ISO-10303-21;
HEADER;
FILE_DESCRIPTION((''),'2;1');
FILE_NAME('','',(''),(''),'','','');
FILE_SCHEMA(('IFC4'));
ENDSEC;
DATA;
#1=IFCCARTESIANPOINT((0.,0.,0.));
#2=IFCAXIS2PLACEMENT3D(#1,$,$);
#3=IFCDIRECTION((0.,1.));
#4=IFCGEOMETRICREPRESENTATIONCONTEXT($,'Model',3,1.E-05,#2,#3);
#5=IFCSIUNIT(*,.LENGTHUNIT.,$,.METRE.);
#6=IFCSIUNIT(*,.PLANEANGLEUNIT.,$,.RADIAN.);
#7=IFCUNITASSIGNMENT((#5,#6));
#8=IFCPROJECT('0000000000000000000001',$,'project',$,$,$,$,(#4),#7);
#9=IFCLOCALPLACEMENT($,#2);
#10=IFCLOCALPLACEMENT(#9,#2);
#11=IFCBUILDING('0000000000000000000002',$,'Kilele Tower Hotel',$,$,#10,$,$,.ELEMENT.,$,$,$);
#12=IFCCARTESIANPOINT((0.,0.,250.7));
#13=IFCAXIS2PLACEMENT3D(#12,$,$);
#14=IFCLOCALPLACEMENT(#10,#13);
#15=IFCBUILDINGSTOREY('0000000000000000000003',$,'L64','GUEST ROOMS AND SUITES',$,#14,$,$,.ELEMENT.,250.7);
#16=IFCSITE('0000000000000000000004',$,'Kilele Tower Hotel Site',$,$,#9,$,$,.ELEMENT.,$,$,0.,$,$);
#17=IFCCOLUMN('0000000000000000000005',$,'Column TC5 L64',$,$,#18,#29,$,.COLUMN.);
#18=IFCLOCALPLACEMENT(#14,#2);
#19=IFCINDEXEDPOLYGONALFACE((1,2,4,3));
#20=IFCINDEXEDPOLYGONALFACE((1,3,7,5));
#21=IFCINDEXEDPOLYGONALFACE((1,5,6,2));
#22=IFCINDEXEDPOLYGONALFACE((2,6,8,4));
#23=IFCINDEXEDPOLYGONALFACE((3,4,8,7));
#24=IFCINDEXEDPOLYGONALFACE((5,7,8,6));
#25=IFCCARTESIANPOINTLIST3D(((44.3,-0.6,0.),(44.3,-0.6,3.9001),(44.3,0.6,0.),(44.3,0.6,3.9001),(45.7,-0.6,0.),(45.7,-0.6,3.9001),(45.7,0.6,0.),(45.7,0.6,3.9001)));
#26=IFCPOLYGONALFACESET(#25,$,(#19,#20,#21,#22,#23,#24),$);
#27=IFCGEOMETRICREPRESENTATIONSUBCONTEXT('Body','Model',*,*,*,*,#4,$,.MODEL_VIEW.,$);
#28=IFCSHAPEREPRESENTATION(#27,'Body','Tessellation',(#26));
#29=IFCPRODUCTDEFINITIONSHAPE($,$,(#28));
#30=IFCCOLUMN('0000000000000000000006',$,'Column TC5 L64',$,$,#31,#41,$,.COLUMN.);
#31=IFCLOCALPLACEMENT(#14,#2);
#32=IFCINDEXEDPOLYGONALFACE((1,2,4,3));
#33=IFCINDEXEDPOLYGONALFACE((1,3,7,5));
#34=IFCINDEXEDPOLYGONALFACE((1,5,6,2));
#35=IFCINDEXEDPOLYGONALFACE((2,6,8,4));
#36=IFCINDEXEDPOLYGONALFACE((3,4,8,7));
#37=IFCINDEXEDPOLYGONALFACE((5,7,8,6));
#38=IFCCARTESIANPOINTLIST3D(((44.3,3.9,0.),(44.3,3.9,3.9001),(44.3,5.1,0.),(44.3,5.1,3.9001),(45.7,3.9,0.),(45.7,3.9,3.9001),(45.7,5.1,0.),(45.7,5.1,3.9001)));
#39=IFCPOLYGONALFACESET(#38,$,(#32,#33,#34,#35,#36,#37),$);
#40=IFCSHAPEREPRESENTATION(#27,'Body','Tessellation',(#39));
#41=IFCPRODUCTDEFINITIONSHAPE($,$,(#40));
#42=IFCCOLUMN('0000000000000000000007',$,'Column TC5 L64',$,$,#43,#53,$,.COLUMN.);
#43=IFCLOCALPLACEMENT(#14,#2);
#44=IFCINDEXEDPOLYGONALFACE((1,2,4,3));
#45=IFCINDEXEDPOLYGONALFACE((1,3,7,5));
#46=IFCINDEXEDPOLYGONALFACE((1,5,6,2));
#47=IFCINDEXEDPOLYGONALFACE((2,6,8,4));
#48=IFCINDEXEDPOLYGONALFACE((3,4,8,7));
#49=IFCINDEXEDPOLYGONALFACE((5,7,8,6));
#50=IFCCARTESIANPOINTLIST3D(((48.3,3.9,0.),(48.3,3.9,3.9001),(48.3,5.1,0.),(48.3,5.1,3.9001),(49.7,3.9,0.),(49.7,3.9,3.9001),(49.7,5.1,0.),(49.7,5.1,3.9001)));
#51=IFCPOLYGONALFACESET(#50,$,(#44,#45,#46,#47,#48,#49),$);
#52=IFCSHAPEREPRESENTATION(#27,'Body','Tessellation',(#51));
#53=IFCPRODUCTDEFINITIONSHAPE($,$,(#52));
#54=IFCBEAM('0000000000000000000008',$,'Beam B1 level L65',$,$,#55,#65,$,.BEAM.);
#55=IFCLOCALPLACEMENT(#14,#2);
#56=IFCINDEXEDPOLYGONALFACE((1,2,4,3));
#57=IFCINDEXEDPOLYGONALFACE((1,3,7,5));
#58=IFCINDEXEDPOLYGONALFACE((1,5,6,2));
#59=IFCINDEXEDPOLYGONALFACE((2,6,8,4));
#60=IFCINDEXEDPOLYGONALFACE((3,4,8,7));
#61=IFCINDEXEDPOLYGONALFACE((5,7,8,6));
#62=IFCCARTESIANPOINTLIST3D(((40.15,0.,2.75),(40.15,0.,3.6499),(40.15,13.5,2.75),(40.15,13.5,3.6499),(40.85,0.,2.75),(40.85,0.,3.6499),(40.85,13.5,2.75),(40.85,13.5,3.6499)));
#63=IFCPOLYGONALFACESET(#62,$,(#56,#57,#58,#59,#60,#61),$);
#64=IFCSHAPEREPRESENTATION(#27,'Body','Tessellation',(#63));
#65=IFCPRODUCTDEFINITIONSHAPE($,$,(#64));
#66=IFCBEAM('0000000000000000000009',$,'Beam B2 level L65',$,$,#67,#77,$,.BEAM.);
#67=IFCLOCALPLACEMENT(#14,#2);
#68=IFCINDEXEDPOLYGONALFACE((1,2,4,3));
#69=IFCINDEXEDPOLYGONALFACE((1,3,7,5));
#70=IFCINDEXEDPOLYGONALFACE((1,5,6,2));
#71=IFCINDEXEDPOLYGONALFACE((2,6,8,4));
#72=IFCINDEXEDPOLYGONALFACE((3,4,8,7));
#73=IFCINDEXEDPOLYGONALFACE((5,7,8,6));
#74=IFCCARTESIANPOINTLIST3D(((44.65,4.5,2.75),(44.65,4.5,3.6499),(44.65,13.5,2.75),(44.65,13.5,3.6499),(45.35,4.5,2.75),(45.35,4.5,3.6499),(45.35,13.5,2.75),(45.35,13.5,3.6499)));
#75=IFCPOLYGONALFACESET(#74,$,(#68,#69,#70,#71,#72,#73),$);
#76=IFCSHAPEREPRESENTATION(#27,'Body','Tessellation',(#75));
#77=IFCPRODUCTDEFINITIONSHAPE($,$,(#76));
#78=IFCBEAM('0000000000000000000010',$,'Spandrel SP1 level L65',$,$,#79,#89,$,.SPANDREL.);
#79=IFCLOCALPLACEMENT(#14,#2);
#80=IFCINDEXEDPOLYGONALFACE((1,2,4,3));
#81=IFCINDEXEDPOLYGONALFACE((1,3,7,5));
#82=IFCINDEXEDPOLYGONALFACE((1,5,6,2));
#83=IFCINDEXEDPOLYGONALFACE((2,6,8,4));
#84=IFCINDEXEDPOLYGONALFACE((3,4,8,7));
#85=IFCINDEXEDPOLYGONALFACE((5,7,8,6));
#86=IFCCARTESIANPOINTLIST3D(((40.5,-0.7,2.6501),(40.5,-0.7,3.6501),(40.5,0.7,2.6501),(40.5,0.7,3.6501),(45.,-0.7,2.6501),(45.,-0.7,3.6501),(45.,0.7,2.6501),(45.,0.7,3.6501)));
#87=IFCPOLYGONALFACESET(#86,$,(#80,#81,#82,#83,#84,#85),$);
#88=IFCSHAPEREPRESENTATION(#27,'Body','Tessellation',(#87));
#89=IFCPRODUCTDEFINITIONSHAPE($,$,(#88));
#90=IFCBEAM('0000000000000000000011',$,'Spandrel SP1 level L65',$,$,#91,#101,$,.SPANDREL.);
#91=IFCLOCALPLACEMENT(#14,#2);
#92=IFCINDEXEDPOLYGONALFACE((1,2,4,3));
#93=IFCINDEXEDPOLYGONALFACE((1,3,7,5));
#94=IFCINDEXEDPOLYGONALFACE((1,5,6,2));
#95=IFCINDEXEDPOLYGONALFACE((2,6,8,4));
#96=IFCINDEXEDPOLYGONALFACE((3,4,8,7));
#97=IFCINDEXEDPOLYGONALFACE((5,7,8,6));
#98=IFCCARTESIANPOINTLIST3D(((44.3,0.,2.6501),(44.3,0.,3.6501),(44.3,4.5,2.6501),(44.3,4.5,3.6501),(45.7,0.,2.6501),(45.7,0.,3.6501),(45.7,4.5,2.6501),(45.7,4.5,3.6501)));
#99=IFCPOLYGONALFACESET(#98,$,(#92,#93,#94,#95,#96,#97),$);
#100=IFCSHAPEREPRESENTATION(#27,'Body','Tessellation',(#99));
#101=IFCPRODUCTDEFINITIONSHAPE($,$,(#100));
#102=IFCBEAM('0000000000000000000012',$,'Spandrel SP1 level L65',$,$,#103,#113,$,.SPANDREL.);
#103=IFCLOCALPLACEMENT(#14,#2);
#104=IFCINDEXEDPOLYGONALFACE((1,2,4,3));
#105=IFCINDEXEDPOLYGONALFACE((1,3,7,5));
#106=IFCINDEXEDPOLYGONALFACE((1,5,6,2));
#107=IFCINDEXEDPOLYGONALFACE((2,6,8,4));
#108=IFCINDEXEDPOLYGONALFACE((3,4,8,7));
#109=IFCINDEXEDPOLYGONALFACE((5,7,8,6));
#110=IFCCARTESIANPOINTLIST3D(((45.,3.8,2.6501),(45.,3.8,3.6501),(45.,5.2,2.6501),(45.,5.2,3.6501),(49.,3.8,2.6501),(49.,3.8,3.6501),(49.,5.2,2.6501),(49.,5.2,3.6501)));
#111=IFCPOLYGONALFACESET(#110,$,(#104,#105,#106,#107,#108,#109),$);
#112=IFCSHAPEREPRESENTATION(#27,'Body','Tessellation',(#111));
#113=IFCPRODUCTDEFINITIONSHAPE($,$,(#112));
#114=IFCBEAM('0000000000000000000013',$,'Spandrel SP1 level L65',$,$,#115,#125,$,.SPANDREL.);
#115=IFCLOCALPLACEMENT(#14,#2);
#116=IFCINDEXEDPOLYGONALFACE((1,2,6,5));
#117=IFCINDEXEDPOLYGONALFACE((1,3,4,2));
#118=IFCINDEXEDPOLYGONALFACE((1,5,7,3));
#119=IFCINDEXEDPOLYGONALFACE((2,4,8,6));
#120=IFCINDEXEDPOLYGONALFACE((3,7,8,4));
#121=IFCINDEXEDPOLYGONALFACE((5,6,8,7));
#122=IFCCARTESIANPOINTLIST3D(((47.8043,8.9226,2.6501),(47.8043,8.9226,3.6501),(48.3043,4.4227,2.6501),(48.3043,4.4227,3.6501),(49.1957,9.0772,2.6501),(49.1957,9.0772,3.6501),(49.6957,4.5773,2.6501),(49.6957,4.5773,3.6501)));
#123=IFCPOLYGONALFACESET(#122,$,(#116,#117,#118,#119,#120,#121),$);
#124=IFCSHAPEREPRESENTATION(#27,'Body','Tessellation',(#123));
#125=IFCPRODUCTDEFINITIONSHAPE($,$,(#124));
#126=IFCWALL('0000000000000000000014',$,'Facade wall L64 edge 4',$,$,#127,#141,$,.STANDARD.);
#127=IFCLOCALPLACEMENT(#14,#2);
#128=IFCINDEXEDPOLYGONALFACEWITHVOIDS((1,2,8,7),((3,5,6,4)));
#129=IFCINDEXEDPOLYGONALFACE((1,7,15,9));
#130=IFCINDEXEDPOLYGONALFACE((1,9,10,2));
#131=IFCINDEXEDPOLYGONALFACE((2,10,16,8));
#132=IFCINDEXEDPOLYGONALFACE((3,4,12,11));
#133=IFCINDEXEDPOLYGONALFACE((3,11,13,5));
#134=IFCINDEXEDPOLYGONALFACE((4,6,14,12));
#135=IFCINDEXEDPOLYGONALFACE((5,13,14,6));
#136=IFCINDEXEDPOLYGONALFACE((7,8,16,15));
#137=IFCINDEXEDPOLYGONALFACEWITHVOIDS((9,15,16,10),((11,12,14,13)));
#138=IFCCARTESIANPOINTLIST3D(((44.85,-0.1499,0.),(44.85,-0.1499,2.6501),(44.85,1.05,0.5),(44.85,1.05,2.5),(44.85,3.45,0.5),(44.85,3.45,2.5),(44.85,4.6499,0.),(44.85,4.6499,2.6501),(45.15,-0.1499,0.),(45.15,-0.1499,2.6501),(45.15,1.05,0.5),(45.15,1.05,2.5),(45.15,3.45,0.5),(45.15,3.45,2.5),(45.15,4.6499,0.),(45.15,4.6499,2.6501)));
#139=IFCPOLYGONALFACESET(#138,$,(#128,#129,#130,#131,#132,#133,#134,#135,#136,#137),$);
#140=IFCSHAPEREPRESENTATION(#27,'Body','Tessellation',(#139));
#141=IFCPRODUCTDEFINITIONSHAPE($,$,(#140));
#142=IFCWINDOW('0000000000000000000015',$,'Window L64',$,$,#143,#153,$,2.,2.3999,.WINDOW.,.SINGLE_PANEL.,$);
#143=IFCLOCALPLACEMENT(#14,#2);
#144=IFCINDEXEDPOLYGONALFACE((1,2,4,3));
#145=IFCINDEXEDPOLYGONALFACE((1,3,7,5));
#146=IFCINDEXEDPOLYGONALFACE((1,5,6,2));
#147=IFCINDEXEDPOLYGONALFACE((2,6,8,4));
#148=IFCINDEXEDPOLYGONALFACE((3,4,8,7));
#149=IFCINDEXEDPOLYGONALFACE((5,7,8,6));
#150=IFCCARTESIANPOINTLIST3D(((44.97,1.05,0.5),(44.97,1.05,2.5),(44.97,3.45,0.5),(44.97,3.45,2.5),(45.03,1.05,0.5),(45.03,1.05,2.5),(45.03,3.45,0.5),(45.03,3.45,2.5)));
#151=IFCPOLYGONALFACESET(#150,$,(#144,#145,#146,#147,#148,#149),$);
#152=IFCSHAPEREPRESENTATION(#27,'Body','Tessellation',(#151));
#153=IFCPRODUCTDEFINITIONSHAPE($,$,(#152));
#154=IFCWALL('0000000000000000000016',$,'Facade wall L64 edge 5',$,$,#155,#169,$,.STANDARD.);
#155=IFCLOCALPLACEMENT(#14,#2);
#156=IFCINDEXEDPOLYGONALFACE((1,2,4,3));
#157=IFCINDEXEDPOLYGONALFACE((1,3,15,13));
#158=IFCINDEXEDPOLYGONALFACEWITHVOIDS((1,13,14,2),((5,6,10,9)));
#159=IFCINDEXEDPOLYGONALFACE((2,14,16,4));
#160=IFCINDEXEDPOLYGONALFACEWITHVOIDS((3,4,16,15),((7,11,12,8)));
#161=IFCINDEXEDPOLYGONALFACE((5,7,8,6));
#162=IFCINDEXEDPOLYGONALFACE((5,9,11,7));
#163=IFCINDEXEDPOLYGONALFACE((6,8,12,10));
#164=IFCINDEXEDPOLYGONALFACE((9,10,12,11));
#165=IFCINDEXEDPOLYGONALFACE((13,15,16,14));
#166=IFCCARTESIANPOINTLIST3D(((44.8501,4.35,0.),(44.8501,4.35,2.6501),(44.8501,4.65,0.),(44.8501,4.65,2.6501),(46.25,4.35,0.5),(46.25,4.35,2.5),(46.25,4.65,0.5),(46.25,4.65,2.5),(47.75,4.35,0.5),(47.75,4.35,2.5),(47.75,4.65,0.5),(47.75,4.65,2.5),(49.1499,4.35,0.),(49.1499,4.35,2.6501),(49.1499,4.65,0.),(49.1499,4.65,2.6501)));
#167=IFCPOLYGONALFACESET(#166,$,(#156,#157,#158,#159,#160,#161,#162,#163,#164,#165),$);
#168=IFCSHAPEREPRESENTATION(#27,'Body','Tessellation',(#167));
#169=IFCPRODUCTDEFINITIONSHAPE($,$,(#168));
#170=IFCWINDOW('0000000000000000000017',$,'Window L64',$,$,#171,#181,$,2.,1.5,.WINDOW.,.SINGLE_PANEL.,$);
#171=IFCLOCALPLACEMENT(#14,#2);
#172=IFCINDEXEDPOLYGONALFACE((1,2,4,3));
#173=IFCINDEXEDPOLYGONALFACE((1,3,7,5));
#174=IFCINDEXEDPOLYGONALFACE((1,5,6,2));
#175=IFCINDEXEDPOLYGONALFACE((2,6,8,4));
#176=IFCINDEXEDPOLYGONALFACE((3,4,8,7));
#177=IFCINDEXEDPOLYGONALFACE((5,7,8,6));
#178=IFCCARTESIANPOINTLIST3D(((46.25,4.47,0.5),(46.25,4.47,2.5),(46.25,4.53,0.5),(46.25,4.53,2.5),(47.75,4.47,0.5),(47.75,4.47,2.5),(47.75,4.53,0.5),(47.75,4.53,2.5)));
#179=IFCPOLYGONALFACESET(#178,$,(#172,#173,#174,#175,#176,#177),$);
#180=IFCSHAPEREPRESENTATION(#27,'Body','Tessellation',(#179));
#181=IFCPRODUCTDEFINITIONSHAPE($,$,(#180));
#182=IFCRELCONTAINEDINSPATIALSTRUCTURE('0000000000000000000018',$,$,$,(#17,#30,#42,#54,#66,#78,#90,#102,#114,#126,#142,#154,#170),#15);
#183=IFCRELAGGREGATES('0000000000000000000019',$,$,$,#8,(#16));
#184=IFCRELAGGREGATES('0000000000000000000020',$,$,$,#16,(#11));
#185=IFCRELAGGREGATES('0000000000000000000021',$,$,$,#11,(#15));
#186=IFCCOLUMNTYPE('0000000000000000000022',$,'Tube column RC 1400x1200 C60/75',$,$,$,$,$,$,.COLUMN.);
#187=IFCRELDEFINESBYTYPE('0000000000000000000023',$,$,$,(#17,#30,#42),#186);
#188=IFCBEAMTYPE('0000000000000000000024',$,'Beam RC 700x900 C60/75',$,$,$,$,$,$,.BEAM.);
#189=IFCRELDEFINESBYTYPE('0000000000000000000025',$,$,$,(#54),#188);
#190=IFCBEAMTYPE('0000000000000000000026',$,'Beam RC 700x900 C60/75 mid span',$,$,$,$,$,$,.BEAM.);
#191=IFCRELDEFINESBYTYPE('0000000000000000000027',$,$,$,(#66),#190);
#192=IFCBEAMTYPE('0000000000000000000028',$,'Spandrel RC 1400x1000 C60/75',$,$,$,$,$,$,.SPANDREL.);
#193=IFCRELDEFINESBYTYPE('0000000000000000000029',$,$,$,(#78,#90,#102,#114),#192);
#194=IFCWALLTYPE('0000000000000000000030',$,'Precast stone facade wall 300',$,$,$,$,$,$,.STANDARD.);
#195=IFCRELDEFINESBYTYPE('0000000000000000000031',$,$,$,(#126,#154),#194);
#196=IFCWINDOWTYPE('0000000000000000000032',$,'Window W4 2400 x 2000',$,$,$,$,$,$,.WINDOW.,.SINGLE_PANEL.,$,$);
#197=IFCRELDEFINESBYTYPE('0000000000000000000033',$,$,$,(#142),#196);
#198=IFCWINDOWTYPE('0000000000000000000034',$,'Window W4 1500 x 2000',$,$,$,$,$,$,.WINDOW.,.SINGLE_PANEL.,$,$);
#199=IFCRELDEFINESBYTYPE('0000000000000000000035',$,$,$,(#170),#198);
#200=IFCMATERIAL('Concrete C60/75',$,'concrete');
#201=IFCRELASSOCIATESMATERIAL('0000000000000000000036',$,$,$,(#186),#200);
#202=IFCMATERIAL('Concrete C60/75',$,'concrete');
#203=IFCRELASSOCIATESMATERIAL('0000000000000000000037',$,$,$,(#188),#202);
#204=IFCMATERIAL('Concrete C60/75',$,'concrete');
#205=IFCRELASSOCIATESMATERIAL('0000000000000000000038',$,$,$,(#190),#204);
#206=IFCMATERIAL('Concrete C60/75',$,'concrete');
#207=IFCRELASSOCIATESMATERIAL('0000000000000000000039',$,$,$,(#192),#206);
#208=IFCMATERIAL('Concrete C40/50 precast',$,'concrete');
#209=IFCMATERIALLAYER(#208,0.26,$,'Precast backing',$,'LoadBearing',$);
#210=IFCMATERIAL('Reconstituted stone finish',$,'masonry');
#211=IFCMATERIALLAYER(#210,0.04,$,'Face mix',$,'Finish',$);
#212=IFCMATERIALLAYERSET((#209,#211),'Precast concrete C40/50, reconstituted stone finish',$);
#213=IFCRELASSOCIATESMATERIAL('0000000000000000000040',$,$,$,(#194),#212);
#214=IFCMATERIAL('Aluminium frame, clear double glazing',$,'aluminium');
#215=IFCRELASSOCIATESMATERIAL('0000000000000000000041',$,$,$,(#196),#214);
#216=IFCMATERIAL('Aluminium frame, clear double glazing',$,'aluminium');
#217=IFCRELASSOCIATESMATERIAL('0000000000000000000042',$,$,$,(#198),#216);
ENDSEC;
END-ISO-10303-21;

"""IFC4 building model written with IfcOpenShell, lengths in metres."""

from ifc_helpers import new_model, si_unit, direction, frame, frame_2d, origin, origin_2d, place, context, subcontext, project, spatial, rectangle, extrude, material, layer, layer_set, material_profile, profile_set, type_object, element, fill, save


model = new_model("IFC4")

# Units and contexts
model_context = context("Model", 3, precision=1e-05, world=origin(), true_north=direction((0.0, 1.0)))
body_context = subcontext(model_context, "Body", "Model", "MODEL_VIEW")
ifc_project = project(units=[si_unit("LENGTHUNIT", "METRE"), si_unit("PLANEANGLEUNIT", "RADIAN")], contexts=[model_context])

# Site, building, storey
site_placement = place(None, origin())
site = spatial("IfcSite", under=ifc_project, at=site_placement, Name="Kilele Tower Hotel Site", CompositionType="ELEMENT", RefElevation=0.0)
building_placement = place(site_placement, origin())
building = spatial("IfcBuilding", under=site, at=building_placement, Name="Kilele Tower Hotel", CompositionType="ELEMENT")
storey_placement = place(building_placement, frame((0.0, 0.0, 250.7)))
storey = spatial("IfcBuildingStorey", under=building, at=storey_placement, Name="L64", Description="GUEST ROOMS AND SUITES", CompositionType="ELEMENT", Elevation=250.7)

# Columns
ifc_material_1 = material(Name="Concrete C60/75", Category="concrete")
ifc_material_profile_1 = material_profile(ifc_material_1, rectangle(XDim=1.3999, YDim=1.2, at=origin_2d()))
ifc_profile_set_1 = profile_set([ifc_material_profile_1], Name="Concrete C60/75")
column_type = type_object("IfcColumnType", Name="Tube column RC 1400x1200 C60/75", PredefinedType="COLUMN", material=ifc_profile_set_1)
for number, where, z_axis, x_axis, name in (
    (1, (45.0, 0.0, 0.0), (0.0, 0.0, 1.0), (1.0, 0.0, 0.0), "Column TC5 L64"),
    (2, (45.0, 4.5, 0.0), (0.0, 0.0, 1.0), (1.0, 0.0, 0.0), "Column TC5 L64"),
    (3, (49.0, 4.5, 0.0), (0.0, 0.0, 1.0), (1.0, 0.0, 0.0), "Column TC5 L64"),
):
    element("IfcColumn", number, at=place(storey_placement, frame(where, z_axis=z_axis, x_axis=x_axis)), inside=storey, type_object=column_type, Name=name, PredefinedType="COLUMN", context=body_context, shape_type="SweptSolid", body=[
        extrude(rectangle(XDim=1.3999, YDim=1.2, at=origin_2d()), origin(), (0.0, 0.0, 1.0), 3.9001),
    ])

# Beams
ifc_material_2 = material(Name="Concrete C60/75", Category="concrete")
ifc_material_profile_2 = material_profile(ifc_material_2, rectangle(XDim=0.7, YDim=0.8999, at=origin_2d()))
ifc_profile_set_2 = profile_set([ifc_material_profile_2], Name="Concrete C60/75")
beam_type_1 = type_object("IfcBeamType", Name="Beam RC 700x900 C60/75", PredefinedType="BEAM", material=ifc_profile_set_2)
beam_1_placement = place(storey_placement, frame((40.5, 0.0, 3.2), z_axis=(0.0, 1.0, 0.0), x_axis=(-1.0, 0.0, 0.0)))
element("IfcBeam", 4, at=beam_1_placement, inside=storey, type_object=beam_type_1, Name="Beam B1 level L65", PredefinedType="BEAM", context=body_context, shape_type="SweptSolid", body=[
    extrude(rectangle(XDim=0.7, YDim=0.8999, at=origin_2d()), origin(), (0.0, 0.0, 1.0), 13.5),
])
ifc_material_3 = material(Name="Concrete C60/75", Category="concrete")
ifc_material_profile_3 = material_profile(ifc_material_3, rectangle(XDim=0.7, YDim=0.8999, at=origin_2d()))
ifc_profile_set_3 = profile_set([ifc_material_profile_3], Name="Concrete C60/75")
beam_type_2 = type_object("IfcBeamType", Name="Beam RC 700x900 C60/75 mid span", PredefinedType="BEAM", material=ifc_profile_set_3)
beam_2_placement = place(storey_placement, frame((45.0, 4.5, 3.2), z_axis=(0.0, 1.0, 0.0), x_axis=(-1.0, 0.0, 0.0)))
element("IfcBeam", 5, at=beam_2_placement, inside=storey, type_object=beam_type_2, Name="Beam B2 level L65", PredefinedType="BEAM", context=body_context, shape_type="SweptSolid", body=[
    extrude(rectangle(XDim=0.7, YDim=0.8999, at=origin_2d()), origin(), (0.0, 0.0, 1.0), 9.0),
])
ifc_material_4 = material(Name="Concrete C60/75", Category="concrete")
ifc_material_profile_4 = material_profile(ifc_material_4, rectangle(XDim=1.3999, YDim=1.0, at=origin_2d()))
ifc_profile_set_4 = profile_set([ifc_material_profile_4], Name="Concrete C60/75")
beam_type_3 = type_object("IfcBeamType", Name="Spandrel RC 1400x1000 C60/75", PredefinedType="SPANDREL", material=ifc_profile_set_4)
for number, where, z_axis, x_axis, name in (
    (6, (40.5, 0.0, 3.1501), (1.0, 0.0, 0.0), (0.0, 1.0, 0.0), "Spandrel SP1 level L65"),
    (7, (45.0, 0.0, 3.1501), (0.0, 1.0, 0.0), (-1.0, 0.0, 0.0), "Spandrel SP1 level L65"),
):
    element("IfcBeam", number, at=place(storey_placement, frame(where, z_axis=z_axis, x_axis=x_axis)), inside=storey, type_object=beam_type_3, Name=name, PredefinedType="SPANDREL", context=body_context, shape_type="SweptSolid", body=[
        extrude(rectangle(XDim=1.3999, YDim=1.0, at=origin_2d()), origin(), (0.0, 0.0, 1.0), 4.5),
    ])
beam_3_placement = place(storey_placement, frame((45.0, 4.5, 3.1501), z_axis=(1.0, 0.0, 0.0), x_axis=(0.0, 1.0, 0.0)))
element("IfcBeam", 8, at=beam_3_placement, inside=storey, type_object=beam_type_3, Name="Spandrel SP1 level L65", PredefinedType="SPANDREL", context=body_context, shape_type="SweptSolid", body=[
    extrude(rectangle(XDim=1.3999, YDim=1.0, at=origin_2d()), origin(), (0.0, 0.0, 1.0), 4.0),
])
beam_4_placement = place(storey_placement, frame((49.0, 4.5, 3.1501), z_axis=(-0.110432, 0.993884, 0.0), x_axis=(-0.993884, -0.110432, 0.0)))
element("IfcBeam", 9, at=beam_4_placement, inside=storey, type_object=beam_type_3, Name="Spandrel SP1 level L65", PredefinedType="SPANDREL", context=body_context, shape_type="SweptSolid", body=[
    extrude(rectangle(XDim=1.3999, YDim=1.0, at=origin_2d()), origin(), (0.0, 0.0, 1.0), 4.5276),
])

# Walls, openings, windows
ifc_material_5 = material(Name="Concrete C40/50 precast", Category="concrete")
ifc_layer_1 = layer(ifc_material_5, 0.26, Name="Precast backing", Category="LoadBearing")
ifc_material_6 = material(Name="Reconstituted stone finish", Category="masonry")
ifc_layer_2 = layer(ifc_material_6, 0.04, Name="Face mix", Category="Finish")
ifc_layer_set = layer_set([ifc_layer_1, ifc_layer_2], Name="Precast concrete C40/50, reconstituted stone finish")
wall_type = type_object("IfcWallType", Name="Precast stone facade wall 300", PredefinedType="STANDARD", material=ifc_layer_set)
wall_1_placement = place(storey_placement, frame((45.0, -0.1499, 0.0), z_axis=(0.0, 0.0, 1.0), x_axis=(0.0, 1.0, 0.0)))
wall_1 = element("IfcWall", 10, at=wall_1_placement, inside=storey, type_object=wall_type, Name="Facade wall L64 edge 4", PredefinedType="STANDARD", context=body_context, shape_type="SweptSolid", body=[
    extrude(rectangle(XDim=4.7998, YDim=0.3, at=frame_2d((2.3999, 0.0))), origin(), (0.0, 0.0, 1.0), 2.6501),
])
opening_1_placement = place(wall_1_placement, frame((1.2, 0.0, 0.5)))
opening_1 = element("IfcOpeningElement", 11, at=opening_1_placement, cuts=wall_1, PredefinedType="OPENING", context=body_context, shape_type="SweptSolid", body=[
    extrude(rectangle(XDim=2.3999, YDim=2.0, at=frame_2d((1.2, 1.0))), frame((0.0, 0.1599, 0.0), z_axis=(0.0, -1.0, 0.0), x_axis=(1.0, 0.0, 0.0)), (0.0, 0.0, 1.0), 0.3201),
])
ifc_material_7 = material(Name="Aluminium frame, clear double glazing", Category="aluminium")
window_type_1 = type_object("IfcWindowType", Name="Window W4 2400 x 2000", PartitioningType="SINGLE_PANEL", PredefinedType="WINDOW", material=ifc_material_7)
window_1_placement = place(opening_1_placement, origin())
window_1 = element("IfcWindow", 12, at=window_1_placement, inside=storey, type_object=window_type_1, Name="Window L64", OverallHeight=2.0, OverallWidth=2.3999, PartitioningType="SINGLE_PANEL", PredefinedType="WINDOW", context=body_context, shape_type="SweptSolid", body=[
    extrude(rectangle(XDim=2.3999, YDim=2.0, at=frame_2d((1.2, 1.0))), frame((0.0, 0.03, 0.0), z_axis=(0.0, -1.0, 0.0), x_axis=(1.0, 0.0, 0.0)), (0.0, 0.0, 1.0), 0.0601),
])
fill(opening_1, window_1)
wall_2_placement = place(storey_placement, frame((44.8501, 4.5, 0.0), z_axis=(0.0, 0.0, 1.0), x_axis=(1.0, 0.0, 0.0)))
wall_2 = element("IfcWall", 13, at=wall_2_placement, inside=storey, type_object=wall_type, Name="Facade wall L64 edge 5", PredefinedType="STANDARD", context=body_context, shape_type="SweptSolid", body=[
    extrude(rectangle(XDim=4.2998, YDim=0.3, at=frame_2d((2.1499, 0.0))), origin(), (0.0, 0.0, 1.0), 2.6501),
])
opening_2_placement = place(wall_2_placement, frame((1.3999, 0.0, 0.5)))
opening_2 = element("IfcOpeningElement", 14, at=opening_2_placement, cuts=wall_2, PredefinedType="OPENING", context=body_context, shape_type="SweptSolid", body=[
    extrude(rectangle(XDim=1.5, YDim=2.0, at=frame_2d((0.75, 1.0))), frame((0.0, 0.1599, 0.0), z_axis=(0.0, -1.0, 0.0), x_axis=(1.0, 0.0, 0.0)), (0.0, 0.0, 1.0), 0.3201),
])
ifc_material_8 = material(Name="Aluminium frame, clear double glazing", Category="aluminium")
window_type_2 = type_object("IfcWindowType", Name="Window W4 1500 x 2000", PartitioningType="SINGLE_PANEL", PredefinedType="WINDOW", material=ifc_material_8)
window_2_placement = place(opening_2_placement, origin())
window_2 = element("IfcWindow", 15, at=window_2_placement, inside=storey, type_object=window_type_2, Name="Window L64", OverallHeight=2.0, OverallWidth=1.5, PartitioningType="SINGLE_PANEL", PredefinedType="WINDOW", context=body_context, shape_type="SweptSolid", body=[
    extrude(rectangle(XDim=1.5, YDim=2.0, at=frame_2d((0.75, 1.0))), frame((0.0, 0.03, 0.0), z_axis=(0.0, -1.0, 0.0), x_axis=(1.0, 0.0, 0.0)), (0.0, 0.0, 1.0), 0.0601),
])
fill(opening_2, window_2)

save(model, "model.ifc")
